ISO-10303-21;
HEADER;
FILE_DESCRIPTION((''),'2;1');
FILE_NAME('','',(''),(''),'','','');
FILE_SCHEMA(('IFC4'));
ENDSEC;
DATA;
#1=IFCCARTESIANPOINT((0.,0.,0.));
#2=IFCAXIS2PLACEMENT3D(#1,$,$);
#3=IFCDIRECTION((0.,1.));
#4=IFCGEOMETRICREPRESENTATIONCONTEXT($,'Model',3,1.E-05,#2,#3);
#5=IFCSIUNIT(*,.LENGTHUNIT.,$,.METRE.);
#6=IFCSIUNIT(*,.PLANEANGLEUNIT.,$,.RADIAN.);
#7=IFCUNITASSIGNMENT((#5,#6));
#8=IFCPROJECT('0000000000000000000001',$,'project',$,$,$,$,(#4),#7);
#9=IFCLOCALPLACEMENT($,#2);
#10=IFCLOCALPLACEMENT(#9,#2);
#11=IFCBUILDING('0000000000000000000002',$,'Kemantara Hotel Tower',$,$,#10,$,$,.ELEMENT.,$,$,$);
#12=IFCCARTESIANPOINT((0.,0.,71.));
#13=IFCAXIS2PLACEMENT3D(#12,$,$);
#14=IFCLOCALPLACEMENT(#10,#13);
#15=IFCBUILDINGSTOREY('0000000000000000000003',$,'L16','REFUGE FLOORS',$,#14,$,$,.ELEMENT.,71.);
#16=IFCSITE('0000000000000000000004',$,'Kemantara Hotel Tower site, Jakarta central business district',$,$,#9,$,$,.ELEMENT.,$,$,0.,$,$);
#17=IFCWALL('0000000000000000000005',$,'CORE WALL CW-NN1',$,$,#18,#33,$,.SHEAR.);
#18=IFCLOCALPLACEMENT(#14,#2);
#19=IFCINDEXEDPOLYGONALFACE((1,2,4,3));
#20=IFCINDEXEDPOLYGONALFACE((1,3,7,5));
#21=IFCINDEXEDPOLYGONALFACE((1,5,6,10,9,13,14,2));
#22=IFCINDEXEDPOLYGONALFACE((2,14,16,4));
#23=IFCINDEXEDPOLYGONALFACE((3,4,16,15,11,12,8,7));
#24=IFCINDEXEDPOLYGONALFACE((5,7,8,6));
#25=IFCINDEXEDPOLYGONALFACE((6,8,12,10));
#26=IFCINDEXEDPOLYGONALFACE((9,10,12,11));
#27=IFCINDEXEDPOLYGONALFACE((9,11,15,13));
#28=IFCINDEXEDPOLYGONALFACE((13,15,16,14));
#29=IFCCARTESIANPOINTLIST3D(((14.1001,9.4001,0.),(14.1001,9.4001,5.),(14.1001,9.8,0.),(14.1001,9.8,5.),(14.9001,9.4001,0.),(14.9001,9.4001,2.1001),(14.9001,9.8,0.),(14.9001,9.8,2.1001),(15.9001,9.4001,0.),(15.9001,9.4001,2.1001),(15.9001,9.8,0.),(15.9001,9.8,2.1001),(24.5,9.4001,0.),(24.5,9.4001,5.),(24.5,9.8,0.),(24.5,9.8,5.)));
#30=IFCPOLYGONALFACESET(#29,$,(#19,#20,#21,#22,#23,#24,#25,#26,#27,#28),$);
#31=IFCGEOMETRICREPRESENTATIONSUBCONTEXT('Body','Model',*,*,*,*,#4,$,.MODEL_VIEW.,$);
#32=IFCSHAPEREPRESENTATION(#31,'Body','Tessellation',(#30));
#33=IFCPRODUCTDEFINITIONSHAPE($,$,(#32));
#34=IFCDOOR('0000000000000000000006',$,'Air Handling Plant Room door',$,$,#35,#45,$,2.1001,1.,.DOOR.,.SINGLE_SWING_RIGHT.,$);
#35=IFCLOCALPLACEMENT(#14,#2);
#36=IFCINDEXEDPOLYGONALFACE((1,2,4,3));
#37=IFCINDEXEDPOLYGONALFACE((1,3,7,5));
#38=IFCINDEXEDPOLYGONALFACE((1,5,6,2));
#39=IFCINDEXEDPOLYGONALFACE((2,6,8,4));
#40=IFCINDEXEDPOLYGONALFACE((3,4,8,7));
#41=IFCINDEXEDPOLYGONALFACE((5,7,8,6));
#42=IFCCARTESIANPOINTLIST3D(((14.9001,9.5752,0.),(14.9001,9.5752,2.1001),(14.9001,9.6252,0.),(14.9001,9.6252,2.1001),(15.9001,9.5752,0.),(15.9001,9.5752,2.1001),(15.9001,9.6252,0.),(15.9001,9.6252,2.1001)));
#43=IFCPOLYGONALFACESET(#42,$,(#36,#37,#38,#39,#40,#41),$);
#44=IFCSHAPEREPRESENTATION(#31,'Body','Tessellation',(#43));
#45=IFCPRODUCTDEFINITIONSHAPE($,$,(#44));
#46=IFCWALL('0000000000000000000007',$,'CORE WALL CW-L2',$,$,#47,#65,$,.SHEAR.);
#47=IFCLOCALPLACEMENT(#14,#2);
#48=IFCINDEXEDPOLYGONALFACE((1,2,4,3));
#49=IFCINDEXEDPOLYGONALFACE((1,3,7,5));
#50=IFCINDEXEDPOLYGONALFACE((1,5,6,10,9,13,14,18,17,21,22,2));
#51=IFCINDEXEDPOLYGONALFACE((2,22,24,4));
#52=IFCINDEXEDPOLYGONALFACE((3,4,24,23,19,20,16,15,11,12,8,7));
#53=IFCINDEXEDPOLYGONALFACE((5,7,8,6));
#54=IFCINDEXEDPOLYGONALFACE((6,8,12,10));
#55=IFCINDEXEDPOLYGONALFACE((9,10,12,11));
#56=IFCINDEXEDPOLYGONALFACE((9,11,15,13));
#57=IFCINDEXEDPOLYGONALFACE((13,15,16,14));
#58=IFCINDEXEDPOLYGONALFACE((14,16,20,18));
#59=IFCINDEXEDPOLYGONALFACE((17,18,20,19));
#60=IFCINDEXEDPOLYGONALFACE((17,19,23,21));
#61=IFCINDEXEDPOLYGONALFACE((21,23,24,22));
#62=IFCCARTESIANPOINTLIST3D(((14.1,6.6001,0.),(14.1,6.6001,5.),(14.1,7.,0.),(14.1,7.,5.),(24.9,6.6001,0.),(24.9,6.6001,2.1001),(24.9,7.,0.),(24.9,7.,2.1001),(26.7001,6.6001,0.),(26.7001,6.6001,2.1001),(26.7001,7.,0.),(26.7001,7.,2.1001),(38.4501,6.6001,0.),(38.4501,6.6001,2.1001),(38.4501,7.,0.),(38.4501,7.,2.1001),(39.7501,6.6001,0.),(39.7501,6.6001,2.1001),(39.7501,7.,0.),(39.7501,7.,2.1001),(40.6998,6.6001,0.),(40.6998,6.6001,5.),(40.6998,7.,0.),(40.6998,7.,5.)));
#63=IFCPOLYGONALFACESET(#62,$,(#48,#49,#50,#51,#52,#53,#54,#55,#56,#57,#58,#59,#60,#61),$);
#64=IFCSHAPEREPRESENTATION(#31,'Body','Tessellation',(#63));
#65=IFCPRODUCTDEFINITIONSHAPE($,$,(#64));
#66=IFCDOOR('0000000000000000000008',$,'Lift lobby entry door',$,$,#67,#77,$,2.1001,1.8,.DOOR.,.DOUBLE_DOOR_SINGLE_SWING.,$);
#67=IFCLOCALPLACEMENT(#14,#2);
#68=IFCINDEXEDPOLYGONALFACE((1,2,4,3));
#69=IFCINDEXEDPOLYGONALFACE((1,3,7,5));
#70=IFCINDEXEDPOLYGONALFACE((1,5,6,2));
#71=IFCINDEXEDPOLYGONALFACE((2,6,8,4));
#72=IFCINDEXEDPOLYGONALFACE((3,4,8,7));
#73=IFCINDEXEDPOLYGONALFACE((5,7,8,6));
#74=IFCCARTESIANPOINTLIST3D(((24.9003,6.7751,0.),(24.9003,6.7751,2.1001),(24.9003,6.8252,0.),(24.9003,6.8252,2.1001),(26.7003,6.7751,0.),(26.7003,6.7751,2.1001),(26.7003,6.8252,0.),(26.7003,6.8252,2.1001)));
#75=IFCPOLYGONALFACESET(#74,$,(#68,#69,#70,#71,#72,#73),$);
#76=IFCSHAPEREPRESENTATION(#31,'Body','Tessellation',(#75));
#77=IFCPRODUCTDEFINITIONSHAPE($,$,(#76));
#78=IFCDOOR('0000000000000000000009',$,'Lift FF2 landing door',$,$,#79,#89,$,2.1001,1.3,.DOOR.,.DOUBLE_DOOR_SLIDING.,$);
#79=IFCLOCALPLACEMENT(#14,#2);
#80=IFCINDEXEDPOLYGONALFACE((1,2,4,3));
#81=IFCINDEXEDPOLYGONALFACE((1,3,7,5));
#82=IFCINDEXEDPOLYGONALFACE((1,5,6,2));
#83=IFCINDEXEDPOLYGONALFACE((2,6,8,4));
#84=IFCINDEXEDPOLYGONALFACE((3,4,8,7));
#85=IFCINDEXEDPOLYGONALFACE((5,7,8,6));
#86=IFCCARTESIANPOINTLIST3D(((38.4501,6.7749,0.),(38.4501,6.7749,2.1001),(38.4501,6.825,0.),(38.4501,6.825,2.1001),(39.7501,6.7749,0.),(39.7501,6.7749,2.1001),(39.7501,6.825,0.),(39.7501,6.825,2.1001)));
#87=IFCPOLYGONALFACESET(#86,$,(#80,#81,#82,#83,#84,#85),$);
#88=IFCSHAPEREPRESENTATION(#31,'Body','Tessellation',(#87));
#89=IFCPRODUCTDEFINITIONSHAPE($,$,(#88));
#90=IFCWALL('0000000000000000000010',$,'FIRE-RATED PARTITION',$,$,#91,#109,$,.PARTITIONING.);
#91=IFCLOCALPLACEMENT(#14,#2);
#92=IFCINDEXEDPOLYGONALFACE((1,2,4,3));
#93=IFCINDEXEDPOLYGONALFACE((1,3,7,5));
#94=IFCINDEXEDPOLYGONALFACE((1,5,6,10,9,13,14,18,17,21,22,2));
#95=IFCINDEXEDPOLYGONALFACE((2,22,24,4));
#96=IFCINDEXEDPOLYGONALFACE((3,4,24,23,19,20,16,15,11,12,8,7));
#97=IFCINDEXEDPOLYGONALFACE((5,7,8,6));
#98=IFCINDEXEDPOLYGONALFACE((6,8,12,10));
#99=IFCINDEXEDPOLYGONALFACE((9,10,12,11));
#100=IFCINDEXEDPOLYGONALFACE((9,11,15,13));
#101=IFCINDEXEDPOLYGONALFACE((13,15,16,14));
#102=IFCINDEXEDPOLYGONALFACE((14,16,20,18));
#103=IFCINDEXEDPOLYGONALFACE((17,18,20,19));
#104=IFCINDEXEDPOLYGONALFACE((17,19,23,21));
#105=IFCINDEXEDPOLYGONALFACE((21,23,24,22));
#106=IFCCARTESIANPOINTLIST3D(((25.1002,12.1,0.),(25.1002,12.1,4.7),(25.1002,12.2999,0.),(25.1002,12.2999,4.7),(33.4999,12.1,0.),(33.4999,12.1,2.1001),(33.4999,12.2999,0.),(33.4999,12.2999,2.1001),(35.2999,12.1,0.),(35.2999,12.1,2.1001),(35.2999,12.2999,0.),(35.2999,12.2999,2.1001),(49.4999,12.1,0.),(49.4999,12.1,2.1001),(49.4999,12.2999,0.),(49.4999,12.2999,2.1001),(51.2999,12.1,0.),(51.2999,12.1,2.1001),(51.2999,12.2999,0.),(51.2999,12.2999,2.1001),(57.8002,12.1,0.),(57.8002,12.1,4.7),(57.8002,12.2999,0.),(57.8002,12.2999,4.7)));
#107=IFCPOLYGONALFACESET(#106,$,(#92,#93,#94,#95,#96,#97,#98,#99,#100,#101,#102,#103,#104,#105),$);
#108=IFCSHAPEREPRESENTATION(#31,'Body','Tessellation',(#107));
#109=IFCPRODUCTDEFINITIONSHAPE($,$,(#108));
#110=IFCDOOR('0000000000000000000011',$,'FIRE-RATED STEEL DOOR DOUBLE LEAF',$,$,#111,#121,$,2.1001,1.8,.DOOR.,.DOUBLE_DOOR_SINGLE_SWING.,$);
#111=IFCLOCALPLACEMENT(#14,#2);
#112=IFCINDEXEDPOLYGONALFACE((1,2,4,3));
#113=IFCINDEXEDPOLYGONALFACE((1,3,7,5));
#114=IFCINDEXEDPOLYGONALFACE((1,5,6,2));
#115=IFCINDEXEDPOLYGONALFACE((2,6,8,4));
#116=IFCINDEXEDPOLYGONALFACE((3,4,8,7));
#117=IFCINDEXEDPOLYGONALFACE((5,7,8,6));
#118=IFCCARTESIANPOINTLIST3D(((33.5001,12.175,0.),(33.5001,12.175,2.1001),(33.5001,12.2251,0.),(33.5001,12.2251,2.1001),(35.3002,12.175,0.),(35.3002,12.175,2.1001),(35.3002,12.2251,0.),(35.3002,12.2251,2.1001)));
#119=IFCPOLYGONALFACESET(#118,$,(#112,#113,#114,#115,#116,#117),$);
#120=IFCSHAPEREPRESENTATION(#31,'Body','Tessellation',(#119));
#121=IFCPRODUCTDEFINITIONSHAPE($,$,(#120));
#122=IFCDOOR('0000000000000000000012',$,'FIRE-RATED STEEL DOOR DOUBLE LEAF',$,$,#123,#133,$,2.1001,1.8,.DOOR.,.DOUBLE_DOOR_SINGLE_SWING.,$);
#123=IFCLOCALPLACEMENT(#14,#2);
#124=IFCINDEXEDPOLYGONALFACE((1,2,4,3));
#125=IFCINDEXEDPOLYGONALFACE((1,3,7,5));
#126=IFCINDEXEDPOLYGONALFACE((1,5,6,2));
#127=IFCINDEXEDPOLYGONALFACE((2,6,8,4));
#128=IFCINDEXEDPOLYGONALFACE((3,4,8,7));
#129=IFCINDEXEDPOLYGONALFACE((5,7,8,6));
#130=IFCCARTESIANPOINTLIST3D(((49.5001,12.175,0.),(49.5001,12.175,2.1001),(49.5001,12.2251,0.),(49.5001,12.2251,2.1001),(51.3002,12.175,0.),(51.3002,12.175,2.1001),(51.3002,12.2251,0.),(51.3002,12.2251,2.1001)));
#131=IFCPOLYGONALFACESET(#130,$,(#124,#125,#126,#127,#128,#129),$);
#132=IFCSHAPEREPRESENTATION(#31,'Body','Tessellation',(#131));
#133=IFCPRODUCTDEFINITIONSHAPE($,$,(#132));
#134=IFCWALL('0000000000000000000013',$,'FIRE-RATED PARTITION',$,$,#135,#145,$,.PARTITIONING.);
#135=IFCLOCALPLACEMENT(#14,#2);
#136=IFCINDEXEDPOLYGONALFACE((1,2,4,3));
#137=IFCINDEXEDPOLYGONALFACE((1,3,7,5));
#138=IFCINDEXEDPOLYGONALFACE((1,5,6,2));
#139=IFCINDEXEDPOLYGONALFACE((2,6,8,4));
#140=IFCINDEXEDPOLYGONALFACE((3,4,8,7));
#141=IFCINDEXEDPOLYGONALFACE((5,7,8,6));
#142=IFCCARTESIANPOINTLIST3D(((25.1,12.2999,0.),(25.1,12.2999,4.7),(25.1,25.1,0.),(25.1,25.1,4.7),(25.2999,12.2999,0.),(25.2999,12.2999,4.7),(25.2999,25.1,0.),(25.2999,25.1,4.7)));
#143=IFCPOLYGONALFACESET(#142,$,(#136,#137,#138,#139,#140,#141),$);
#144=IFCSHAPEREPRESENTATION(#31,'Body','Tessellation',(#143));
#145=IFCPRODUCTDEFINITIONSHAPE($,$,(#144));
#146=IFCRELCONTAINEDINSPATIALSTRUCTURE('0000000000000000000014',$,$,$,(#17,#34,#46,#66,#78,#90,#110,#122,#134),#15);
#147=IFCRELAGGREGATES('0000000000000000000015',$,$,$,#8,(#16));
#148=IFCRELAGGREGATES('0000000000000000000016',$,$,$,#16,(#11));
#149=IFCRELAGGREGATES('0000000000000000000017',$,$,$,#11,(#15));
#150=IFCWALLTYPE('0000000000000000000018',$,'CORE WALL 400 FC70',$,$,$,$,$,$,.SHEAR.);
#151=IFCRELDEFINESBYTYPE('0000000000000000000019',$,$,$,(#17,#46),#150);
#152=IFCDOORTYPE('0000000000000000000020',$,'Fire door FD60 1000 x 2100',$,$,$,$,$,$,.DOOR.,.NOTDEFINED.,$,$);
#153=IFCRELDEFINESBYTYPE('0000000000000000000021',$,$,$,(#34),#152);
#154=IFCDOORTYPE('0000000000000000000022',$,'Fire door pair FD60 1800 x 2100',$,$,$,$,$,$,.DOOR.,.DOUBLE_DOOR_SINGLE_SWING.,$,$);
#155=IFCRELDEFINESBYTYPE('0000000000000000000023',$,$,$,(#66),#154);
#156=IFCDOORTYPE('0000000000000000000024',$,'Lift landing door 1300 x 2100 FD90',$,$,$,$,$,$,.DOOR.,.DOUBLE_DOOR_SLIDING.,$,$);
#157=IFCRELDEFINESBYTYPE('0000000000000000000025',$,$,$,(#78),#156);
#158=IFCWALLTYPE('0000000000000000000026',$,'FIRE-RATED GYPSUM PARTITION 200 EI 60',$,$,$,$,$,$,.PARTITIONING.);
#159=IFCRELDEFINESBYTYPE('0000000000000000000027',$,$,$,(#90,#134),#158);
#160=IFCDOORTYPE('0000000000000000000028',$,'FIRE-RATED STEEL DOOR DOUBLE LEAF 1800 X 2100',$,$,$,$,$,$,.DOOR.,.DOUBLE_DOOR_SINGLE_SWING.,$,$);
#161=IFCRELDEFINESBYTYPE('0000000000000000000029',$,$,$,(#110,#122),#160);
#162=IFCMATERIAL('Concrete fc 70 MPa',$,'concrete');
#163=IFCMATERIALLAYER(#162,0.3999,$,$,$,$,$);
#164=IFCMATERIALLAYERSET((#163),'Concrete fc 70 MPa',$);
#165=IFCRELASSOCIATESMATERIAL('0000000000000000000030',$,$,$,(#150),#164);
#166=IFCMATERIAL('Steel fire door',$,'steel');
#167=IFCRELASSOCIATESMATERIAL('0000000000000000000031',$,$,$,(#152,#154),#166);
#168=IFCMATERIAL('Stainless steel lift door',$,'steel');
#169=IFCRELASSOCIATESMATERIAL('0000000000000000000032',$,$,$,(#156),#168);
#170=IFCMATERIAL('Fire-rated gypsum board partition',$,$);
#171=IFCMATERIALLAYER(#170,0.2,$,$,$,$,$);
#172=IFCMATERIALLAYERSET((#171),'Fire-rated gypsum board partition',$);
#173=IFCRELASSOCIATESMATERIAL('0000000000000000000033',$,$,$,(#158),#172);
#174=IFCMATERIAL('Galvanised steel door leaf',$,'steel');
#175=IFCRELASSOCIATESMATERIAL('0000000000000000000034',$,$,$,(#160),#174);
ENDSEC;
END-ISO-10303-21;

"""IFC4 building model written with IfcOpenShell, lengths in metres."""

from ifc_helpers import new_model, si_unit, direction, frame, frame_2d, origin, place, context, subcontext, project, spatial, rectangle, extrude, material, layer, layer_set, type_object, element, fill, save


model = new_model("IFC4")

# Units and contexts
model_context = context("Model", 3, precision=1e-05, world=origin(), true_north=direction((0.0, 1.0)))
body_context = subcontext(model_context, "Body", "Model", "MODEL_VIEW")
ifc_project = project(units=[si_unit("LENGTHUNIT", "METRE"), si_unit("PLANEANGLEUNIT", "RADIAN")], contexts=[model_context])

# Site, building, storey
site_placement = place(None, origin())
site = spatial("IfcSite", under=ifc_project, at=site_placement, Name="Kemantara Hotel Tower site, Jakarta central business district", CompositionType="ELEMENT", RefElevation=0.0)
building_placement = place(site_placement, origin())
building = spatial("IfcBuilding", under=site, at=building_placement, Name="Kemantara Hotel Tower", CompositionType="ELEMENT")
storey_placement = place(building_placement, frame((0.0, 0.0, 71.0)))
storey = spatial("IfcBuildingStorey", under=building, at=storey_placement, Name="L16", Description="REFUGE FLOORS", CompositionType="ELEMENT", Elevation=71.0)

# Shared definitions
ifc_material_1 = material(Name="Concrete fc 70 MPa", Category="concrete")

# Wall, opening, door
ifc_layer_1 = layer(ifc_material_1, 0.3999)
ifc_layer_set_1 = layer_set([ifc_layer_1], Name="Concrete fc 70 MPa")
wall_type_1 = type_object("IfcWallType", Name="CORE WALL 400 FC70", PredefinedType="SHEAR", material=ifc_layer_set_1)
ifc_material_2 = material(Name="Steel fire door", Category="steel")
wall_1_placement = place(storey_placement, frame((14.1001, 9.6001, 0.0), z_axis=(0.0, 0.0, 1.0), x_axis=(1.0, 0.0, 0.0)))
wall_1 = element("IfcWall", 1, at=wall_1_placement, inside=storey, type_object=wall_type_1, Name="CORE WALL CW-NN1", PredefinedType="SHEAR", context=body_context, shape_type="SweptSolid", body=[
    extrude(rectangle(XDim=10.3999, YDim=0.3999, at=frame_2d((5.2, 0.0))), origin(), (0.0, 0.0, 1.0), 5.0),
])
opening_1_placement = place(wall_1_placement, frame((0.8, 0.0, 0.0)))
opening_1 = element("IfcOpeningElement", 2, at=opening_1_placement, cuts=wall_1, PredefinedType="OPENING", context=body_context, shape_type="SweptSolid", body=[
    extrude(rectangle(XDim=1.0, YDim=2.1001, at=frame_2d((0.5, 1.05))), frame((0.0, 0.21, 0.0), z_axis=(0.0, -1.0, 0.0), x_axis=(1.0, 0.0, 0.0)), (0.0, 0.0, 1.0), 0.4199),
])
door_type_1 = type_object("IfcDoorType", Name="Fire door FD60 1000 x 2100", OperationType="NOTDEFINED", PredefinedType="DOOR", material=ifc_material_2)
door_1_placement = place(opening_1_placement, frame((1.0, 0.0, 0.0), z_axis=(0.0, 0.0, 1.0), x_axis=(-1.0, 0.0, 0.0)))
door_1 = element("IfcDoor", 3, at=door_1_placement, inside=storey, type_object=door_type_1, Name="Air Handling Plant Room door", OperationType="SINGLE_SWING_RIGHT", OverallHeight=2.1001, OverallWidth=1.0, PredefinedType="DOOR", context=body_context, shape_type="SweptSolid", body=[
    extrude(rectangle(XDim=1.0, YDim=2.1001, at=frame_2d((0.5, 1.05))), frame((0.0, 0.0249, 0.0), z_axis=(0.0, -1.0, 0.0), x_axis=(1.0, 0.0, 0.0)), (0.0, 0.0, 1.0), 0.05),
])
fill(opening_1, door_1)

# Walls, openings, doors
wall_2_placement = place(storey_placement, frame((14.1001, 6.8, 0.0), z_axis=(0.0, 0.0, 1.0), x_axis=(1.0, 0.0, 0.0)))
wall_2 = element("IfcWall", 4, at=wall_2_placement, inside=storey, type_object=wall_type_1, Name="CORE WALL CW-L2", PredefinedType="SHEAR", context=body_context, shape_type="SweptSolid", body=[
    extrude(rectangle(XDim=26.5999, YDim=0.3999, at=frame_2d((13.2998, 0.0))), origin(), (0.0, 0.0, 1.0), 5.0),
])
opening_2_placement = place(wall_2_placement, frame((10.8, 0.0, 0.0)))
opening_2 = element("IfcOpeningElement", 5, at=opening_2_placement, cuts=wall_2, PredefinedType="OPENING", context=body_context, shape_type="SweptSolid", body=[
    extrude(rectangle(XDim=1.8, YDim=2.1001, at=frame_2d((0.8999, 1.05))), frame((0.0, 0.21, 0.0), z_axis=(0.0, -1.0, 0.0), x_axis=(1.0, 0.0, 0.0)), (0.0, 0.0, 1.0), 0.4199),
])
opening_3_placement = place(wall_2_placement, frame((24.3501, 0.0, 0.0)))
opening_3 = element("IfcOpeningElement", 6, at=opening_3_placement, cuts=wall_2, PredefinedType="OPENING", context=body_context, shape_type="SweptSolid", body=[
    extrude(rectangle(XDim=1.3, YDim=2.1001, at=frame_2d((0.6499, 1.05))), frame((0.0, 0.21, 0.0), z_axis=(0.0, -1.0, 0.0), x_axis=(1.0, 0.0, 0.0)), (0.0, 0.0, 1.0), 0.4199),
])
door_type_2 = type_object("IfcDoorType", Name="Fire door pair FD60 1800 x 2100", OperationType="DOUBLE_DOOR_SINGLE_SWING", PredefinedType="DOOR", material=ifc_material_2)
door_2_placement = place(opening_2_placement, frame((1.8, 0.0, 0.0), z_axis=(0.0, 0.0, 1.0), x_axis=(-1.0, 0.0, 0.0)))
door_2 = element("IfcDoor", 7, at=door_2_placement, inside=storey, type_object=door_type_2, Name="Lift lobby entry door", OperationType="DOUBLE_DOOR_SINGLE_SWING", OverallHeight=2.1001, OverallWidth=1.8, PredefinedType="DOOR", context=body_context, shape_type="SweptSolid", body=[
    extrude(rectangle(XDim=1.8, YDim=2.1001, at=frame_2d((0.8999, 1.05))), frame((0.0, 0.0249, 0.0), z_axis=(0.0, -1.0, 0.0), x_axis=(1.0, 0.0, 0.0)), (0.0, 0.0, 1.0), 0.05),
])
fill(opening_2, door_2)
ifc_material_3 = material(Name="Stainless steel lift door", Category="steel")
door_type_3 = type_object("IfcDoorType", Name="Lift landing door 1300 x 2100 FD90", OperationType="DOUBLE_DOOR_SLIDING", PredefinedType="DOOR", material=ifc_material_3)
door_3_placement = place(opening_3_placement, origin())
door_3 = element("IfcDoor", 8, at=door_3_placement, inside=storey, type_object=door_type_3, Name="Lift FF2 landing door", OperationType="DOUBLE_DOOR_SLIDING", OverallHeight=2.1001, OverallWidth=1.3, PredefinedType="DOOR", context=body_context, shape_type="SweptSolid", body=[
    extrude(rectangle(XDim=1.3, YDim=2.1001, at=frame_2d((0.6499, 1.05))), frame((0.0, 0.0249, 0.0), z_axis=(0.0, -1.0, 0.0), x_axis=(1.0, 0.0, 0.0)), (0.0, 0.0, 1.0), 0.05),
])
fill(opening_3, door_3)
ifc_material_4 = material(Name="Fire-rated gypsum board partition")
ifc_layer_2 = layer(ifc_material_4, 0.2)
ifc_layer_set_2 = layer_set([ifc_layer_2], Name="Fire-rated gypsum board partition")
wall_type_2 = type_object("IfcWallType", Name="FIRE-RATED GYPSUM PARTITION 200 EI 60", PredefinedType="PARTITIONING", material=ifc_layer_set_2)
wall_3_placement = place(storey_placement, frame((25.1001, 12.2, 0.0), z_axis=(0.0, 0.0, 1.0), x_axis=(1.0, 0.0, 0.0)))
wall_3 = element("IfcWall", 9, at=wall_3_placement, inside=storey, type_object=wall_type_2, Name="FIRE-RATED PARTITION", PredefinedType="PARTITIONING", context=body_context, shape_type="SweptSolid", body=[
    extrude(rectangle(XDim=32.7, YDim=0.2, at=frame_2d((16.3501, 0.0))), origin(), (0.0, 0.0, 1.0), 4.7),
])
opening_4_placement = place(wall_3_placement, frame((8.3999, 0.0, 0.0)))
opening_4 = element("IfcOpeningElement", 10, at=opening_4_placement, cuts=wall_3, PredefinedType="OPENING", context=body_context, shape_type="SweptSolid", body=[
    extrude(rectangle(XDim=1.8, YDim=2.1001, at=frame_2d((0.8999, 1.05))), frame((0.0, 0.1099, 0.0), z_axis=(0.0, -1.0, 0.0), x_axis=(1.0, 0.0, 0.0)), (0.0, 0.0, 1.0), 0.22),
])
opening_5_placement = place(wall_3_placement, frame((24.3999, 0.0, 0.0)))
opening_5 = element("IfcOpeningElement", 11, at=opening_5_placement, cuts=wall_3, PredefinedType="OPENING", context=body_context, shape_type="SweptSolid", body=[
    extrude(rectangle(XDim=1.8, YDim=2.1001, at=frame_2d((0.8999, 1.05))), frame((0.0, 0.1099, 0.0), z_axis=(0.0, -1.0, 0.0), x_axis=(1.0, 0.0, 0.0)), (0.0, 0.0, 1.0), 0.22),
])
ifc_material_5 = material(Name="Galvanised steel door leaf", Category="steel")
door_type_4 = type_object("IfcDoorType", Name="FIRE-RATED STEEL DOOR DOUBLE LEAF 1800 X 2100", OperationType="DOUBLE_DOOR_SINGLE_SWING", PredefinedType="DOOR", material=ifc_material_5)
door_4_placement = place(opening_4_placement, frame((1.8, 0.0, 0.0), z_axis=(0.0, 0.0, 1.0), x_axis=(-1.0, 0.0, 0.0)))
door_4 = element("IfcDoor", 12, at=door_4_placement, inside=storey, type_object=door_type_4, Name="FIRE-RATED STEEL DOOR DOUBLE LEAF", OperationType="DOUBLE_DOOR_SINGLE_SWING", OverallHeight=2.1001, OverallWidth=1.8, PredefinedType="DOOR", context=body_context, shape_type="SweptSolid", body=[
    extrude(rectangle(XDim=1.8, YDim=2.1001, at=frame_2d((0.8999, 1.05))), frame((0.0, 0.0249, 0.0), z_axis=(0.0, -1.0, 0.0), x_axis=(1.0, 0.0, 0.0)), (0.0, 0.0, 1.0), 0.05),
])
fill(opening_4, door_4)
door_5_placement = place(opening_5_placement, frame((1.8, 0.0, 0.0), z_axis=(0.0, 0.0, 1.0), x_axis=(-1.0, 0.0, 0.0)))
door_5 = element("IfcDoor", 13, at=door_5_placement, inside=storey, type_object=door_type_4, Name="FIRE-RATED STEEL DOOR DOUBLE LEAF", OperationType="DOUBLE_DOOR_SINGLE_SWING", OverallHeight=2.1001, OverallWidth=1.8, PredefinedType="DOOR", context=body_context, shape_type="SweptSolid", body=[
    extrude(rectangle(XDim=1.8, YDim=2.1001, at=frame_2d((0.8999, 1.05))), frame((0.0, 0.0249, 0.0), z_axis=(0.0, -1.0, 0.0), x_axis=(1.0, 0.0, 0.0)), (0.0, 0.0, 1.0), 0.05),
])
fill(opening_5, door_5)

# Wall
wall_4_placement = place(storey_placement, frame((25.2, 12.3, 0.0), z_axis=(0.0, 0.0, 1.0), x_axis=(0.0, 1.0, 0.0)))
element("IfcWall", 14, at=wall_4_placement, inside=storey, type_object=wall_type_2, Name="FIRE-RATED PARTITION", PredefinedType="PARTITIONING", context=body_context, shape_type="SweptSolid", body=[
    extrude(rectangle(XDim=12.8, YDim=0.2, at=frame_2d((6.3999, 0.0))), origin(), (0.0, 0.0, 1.0), 4.7),
])

save(model, "model.ifc")
